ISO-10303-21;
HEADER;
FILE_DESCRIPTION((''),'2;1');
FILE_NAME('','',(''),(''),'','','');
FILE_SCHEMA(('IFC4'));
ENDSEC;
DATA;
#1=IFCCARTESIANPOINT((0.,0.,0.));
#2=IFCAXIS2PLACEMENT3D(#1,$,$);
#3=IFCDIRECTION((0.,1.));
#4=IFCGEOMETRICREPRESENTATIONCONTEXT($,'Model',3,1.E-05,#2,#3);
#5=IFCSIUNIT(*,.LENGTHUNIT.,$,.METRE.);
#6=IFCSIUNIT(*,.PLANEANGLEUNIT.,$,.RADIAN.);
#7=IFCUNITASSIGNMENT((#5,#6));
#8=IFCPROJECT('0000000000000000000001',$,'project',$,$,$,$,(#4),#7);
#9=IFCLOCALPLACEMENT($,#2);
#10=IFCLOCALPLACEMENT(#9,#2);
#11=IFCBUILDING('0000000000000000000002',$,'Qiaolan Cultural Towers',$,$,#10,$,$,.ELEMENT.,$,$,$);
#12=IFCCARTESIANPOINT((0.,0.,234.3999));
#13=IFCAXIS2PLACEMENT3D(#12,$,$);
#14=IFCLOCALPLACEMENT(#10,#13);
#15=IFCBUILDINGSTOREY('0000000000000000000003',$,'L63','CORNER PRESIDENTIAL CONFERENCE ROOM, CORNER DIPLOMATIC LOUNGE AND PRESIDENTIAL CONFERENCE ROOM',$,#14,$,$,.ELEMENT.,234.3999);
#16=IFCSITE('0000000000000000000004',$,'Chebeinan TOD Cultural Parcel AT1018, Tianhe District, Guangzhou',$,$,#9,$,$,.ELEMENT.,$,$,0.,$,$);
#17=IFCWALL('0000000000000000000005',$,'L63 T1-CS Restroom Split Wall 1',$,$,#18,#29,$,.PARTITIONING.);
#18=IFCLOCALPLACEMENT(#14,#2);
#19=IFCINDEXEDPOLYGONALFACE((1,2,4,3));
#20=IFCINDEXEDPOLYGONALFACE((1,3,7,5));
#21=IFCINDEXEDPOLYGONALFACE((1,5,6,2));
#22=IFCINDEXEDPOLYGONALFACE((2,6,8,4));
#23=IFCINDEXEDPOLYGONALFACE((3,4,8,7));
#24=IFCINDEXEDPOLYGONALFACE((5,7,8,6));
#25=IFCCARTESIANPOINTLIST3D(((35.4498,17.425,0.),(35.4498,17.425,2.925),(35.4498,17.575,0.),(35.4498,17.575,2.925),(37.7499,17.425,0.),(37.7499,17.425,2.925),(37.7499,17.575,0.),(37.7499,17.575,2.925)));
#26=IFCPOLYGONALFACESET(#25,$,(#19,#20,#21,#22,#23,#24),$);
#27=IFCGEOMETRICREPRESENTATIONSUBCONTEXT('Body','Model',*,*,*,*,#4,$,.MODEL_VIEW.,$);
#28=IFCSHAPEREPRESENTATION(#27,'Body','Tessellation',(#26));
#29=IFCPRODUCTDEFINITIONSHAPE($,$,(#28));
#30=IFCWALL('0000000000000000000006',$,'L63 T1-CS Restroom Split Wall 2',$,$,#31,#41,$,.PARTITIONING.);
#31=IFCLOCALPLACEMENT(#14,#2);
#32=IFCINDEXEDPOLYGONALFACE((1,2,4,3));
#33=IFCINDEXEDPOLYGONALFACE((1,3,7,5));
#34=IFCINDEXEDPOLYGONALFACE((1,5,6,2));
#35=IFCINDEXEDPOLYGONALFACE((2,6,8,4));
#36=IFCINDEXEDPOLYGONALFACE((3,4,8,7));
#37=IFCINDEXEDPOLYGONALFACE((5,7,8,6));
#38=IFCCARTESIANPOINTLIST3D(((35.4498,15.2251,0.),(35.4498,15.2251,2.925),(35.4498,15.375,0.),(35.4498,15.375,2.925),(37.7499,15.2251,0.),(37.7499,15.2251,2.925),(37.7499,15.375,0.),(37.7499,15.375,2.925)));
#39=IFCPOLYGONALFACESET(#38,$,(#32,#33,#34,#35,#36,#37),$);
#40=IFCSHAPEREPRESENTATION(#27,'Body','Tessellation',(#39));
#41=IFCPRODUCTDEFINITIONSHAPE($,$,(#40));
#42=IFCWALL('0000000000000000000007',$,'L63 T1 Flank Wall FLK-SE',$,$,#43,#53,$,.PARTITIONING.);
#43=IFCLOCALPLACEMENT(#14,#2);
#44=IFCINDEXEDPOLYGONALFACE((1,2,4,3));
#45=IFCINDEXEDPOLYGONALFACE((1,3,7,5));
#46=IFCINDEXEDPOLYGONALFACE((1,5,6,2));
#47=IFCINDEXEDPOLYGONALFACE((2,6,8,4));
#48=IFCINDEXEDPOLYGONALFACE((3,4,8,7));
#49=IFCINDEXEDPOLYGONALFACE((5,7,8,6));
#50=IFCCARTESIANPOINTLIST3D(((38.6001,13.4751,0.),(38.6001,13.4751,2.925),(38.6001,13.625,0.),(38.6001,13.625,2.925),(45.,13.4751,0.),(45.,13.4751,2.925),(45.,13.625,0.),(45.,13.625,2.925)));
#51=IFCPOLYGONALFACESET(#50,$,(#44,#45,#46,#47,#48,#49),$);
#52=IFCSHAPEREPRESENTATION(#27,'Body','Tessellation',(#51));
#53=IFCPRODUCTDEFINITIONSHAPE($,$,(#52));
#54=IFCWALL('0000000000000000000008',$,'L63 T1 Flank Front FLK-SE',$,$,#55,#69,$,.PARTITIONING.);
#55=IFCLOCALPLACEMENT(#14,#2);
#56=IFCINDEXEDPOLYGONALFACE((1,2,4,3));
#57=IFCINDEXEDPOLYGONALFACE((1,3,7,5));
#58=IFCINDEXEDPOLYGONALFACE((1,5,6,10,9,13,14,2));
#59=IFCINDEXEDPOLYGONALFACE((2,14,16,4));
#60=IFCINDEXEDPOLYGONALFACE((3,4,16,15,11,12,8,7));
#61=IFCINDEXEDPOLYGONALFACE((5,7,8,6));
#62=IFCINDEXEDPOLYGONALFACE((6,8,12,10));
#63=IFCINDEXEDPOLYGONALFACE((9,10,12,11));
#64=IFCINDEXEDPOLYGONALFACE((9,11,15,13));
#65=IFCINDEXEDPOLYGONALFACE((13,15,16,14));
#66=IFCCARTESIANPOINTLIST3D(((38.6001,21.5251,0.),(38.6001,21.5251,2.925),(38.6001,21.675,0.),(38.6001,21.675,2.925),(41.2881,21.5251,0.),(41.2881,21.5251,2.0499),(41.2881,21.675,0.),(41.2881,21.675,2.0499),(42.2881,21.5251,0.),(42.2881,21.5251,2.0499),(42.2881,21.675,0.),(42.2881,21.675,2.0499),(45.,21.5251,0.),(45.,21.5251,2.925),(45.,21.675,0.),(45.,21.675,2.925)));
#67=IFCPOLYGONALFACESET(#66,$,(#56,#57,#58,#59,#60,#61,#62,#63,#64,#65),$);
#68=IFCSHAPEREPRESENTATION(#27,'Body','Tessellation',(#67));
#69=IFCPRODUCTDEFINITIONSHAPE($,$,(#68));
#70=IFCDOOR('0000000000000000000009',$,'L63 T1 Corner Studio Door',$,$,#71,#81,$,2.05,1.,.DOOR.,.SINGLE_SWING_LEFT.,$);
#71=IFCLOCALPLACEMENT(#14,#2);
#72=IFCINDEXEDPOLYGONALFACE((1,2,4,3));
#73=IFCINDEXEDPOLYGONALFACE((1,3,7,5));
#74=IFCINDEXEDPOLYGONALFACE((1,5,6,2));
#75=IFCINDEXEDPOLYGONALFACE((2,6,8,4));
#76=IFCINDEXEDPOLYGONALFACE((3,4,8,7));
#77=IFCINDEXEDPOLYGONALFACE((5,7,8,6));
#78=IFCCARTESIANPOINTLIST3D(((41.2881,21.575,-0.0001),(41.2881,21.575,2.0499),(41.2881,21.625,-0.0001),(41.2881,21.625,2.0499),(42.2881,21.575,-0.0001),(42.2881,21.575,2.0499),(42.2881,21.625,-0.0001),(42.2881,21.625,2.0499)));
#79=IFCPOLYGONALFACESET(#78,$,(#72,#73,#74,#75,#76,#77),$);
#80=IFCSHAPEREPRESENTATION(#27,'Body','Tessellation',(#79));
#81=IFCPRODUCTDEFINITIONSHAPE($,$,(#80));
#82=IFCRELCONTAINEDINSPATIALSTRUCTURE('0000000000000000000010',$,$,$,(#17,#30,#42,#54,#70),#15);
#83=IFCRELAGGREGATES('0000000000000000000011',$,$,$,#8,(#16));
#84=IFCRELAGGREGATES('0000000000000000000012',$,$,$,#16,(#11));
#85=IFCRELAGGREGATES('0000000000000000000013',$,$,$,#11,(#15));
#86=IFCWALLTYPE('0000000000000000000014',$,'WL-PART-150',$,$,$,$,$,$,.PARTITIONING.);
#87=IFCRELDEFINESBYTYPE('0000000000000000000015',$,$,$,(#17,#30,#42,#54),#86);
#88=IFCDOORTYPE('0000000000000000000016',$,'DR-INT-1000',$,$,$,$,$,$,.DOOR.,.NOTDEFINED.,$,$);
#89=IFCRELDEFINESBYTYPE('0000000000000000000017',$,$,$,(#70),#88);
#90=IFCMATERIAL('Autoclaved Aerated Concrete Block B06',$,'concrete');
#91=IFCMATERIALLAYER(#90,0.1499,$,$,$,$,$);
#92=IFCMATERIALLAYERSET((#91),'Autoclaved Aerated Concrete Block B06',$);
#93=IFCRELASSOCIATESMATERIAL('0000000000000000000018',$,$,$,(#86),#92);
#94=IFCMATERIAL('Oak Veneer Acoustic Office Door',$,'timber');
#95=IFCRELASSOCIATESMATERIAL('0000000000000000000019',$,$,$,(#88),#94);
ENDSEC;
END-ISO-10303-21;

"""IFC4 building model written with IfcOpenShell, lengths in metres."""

from ifc_helpers import new_model, si_unit, direction, frame, frame_2d, origin, place, context, subcontext, project, spatial, rectangle, extrude, material, layer, layer_set, type_object, element, fill, save


model = new_model("IFC4")

# Units and contexts
model_context = context("Model", 3, precision=1e-05, world=origin(), true_north=direction((0.0, 1.0)))
body_context = subcontext(model_context, "Body", "Model", "MODEL_VIEW")
ifc_project = project(units=[si_unit("LENGTHUNIT", "METRE"), si_unit("PLANEANGLEUNIT", "RADIAN")], contexts=[model_context])

# Site, building, storey
site_placement = place(None, origin())
site = spatial("IfcSite", under=ifc_project, at=site_placement, Name="Chebeinan TOD Cultural Parcel AT1018, Tianhe District, Guangzhou", CompositionType="ELEMENT", RefElevation=0.0)
building_placement = place(site_placement, origin())
building = spatial("IfcBuilding", under=site, at=building_placement, Name="Qiaolan Cultural Towers", CompositionType="ELEMENT")
storey_placement = place(building_placement, frame((0.0, 0.0, 234.3999)))
storey = spatial("IfcBuildingStorey", under=building, at=storey_placement, Name="L63", Description="CORNER PRESIDENTIAL CONFERENCE ROOM, CORNER DIPLOMATIC LOUNGE AND PRESIDENTIAL CONFERENCE ROOM", CompositionType="ELEMENT", Elevation=234.3999)

# Shared definitions
ifc_material_1 = material(Name="Autoclaved Aerated Concrete Block B06", Category="concrete")
ifc_layer_1 = layer(ifc_material_1, 0.1499)
ifc_layer_set_1 = layer_set([ifc_layer_1], Name="Autoclaved Aerated Concrete Block B06")
wall_type_1 = type_object("IfcWallType", Name="WL-PART-150", PredefinedType="PARTITIONING", material=ifc_layer_set_1)

# Walls
for number, where, z_axis, x_axis, name in (
    (1, (35.45, 17.5, 0.0), (0.0, 0.0, 1.0), (1.0, 0.0, 0.0), "L63 T1-CS Restroom Split Wall 1"),
    (2, (35.45, 15.3, 0.0), (0.0, 0.0, 1.0), (1.0, 0.0, 0.0), "L63 T1-CS Restroom Split Wall 2"),
):
    element("IfcWall", number, at=place(storey_placement, frame(where, z_axis=z_axis, x_axis=x_axis)), inside=storey, type_object=wall_type_1, Name=name, PredefinedType="PARTITIONING", context=body_context, shape_type="SweptSolid", body=[
        extrude(rectangle(XDim=2.3, YDim=0.1499, at=frame_2d((1.1499, 0.0))), origin(), (0.0, 0.0, 1.0), 2.925),
    ])
wall_1_placement = place(storey_placement, frame((38.6001, 13.55, 0.0), z_axis=(0.0, 0.0, 1.0), x_axis=(1.0, 0.0, 0.0)))
element("IfcWall", 3, at=wall_1_placement, inside=storey, type_object=wall_type_1, Name="L63 T1 Flank Wall FLK-SE", PredefinedType="PARTITIONING", context=body_context, shape_type="SweptSolid", body=[
    extrude(rectangle(XDim=6.3999, YDim=0.1499, at=frame_2d((3.2, 0.0))), origin(), (0.0, 0.0, 1.0), 2.925),
])

# Wall, opening, door
wall_2_placement = place(storey_placement, frame((38.6001, 21.6001, 0.0), z_axis=(0.0, 0.0, 1.0), x_axis=(1.0, 0.0, 0.0)))
wall_2 = element("IfcWall", 4, at=wall_2_placement, inside=storey, type_object=wall_type_1, Name="L63 T1 Flank Front FLK-SE", PredefinedType="PARTITIONING", context=body_context, shape_type="SweptSolid", body=[
    extrude(rectangle(XDim=6.3999, YDim=0.1499, at=frame_2d((3.2, 0.0))), origin(), (0.0, 0.0, 1.0), 2.925),
])
opening_1_placement = place(wall_2_placement, frame((2.688, 0.0, 0.0)))
opening_1 = element("IfcOpeningElement", 5, at=opening_1_placement, cuts=wall_2, PredefinedType="OPENING", context=body_context, shape_type="SweptSolid", body=[
    extrude(rectangle(XDim=1.0, YDim=2.05, at=frame_2d((0.5, 1.0249))), frame((0.0, 0.085, 0.0), z_axis=(0.0, -1.0, 0.0), x_axis=(1.0, 0.0, 0.0)), (0.0, 0.0, 1.0), 0.1699),
])
ifc_material_2 = material(Name="Oak Veneer Acoustic Office Door", Category="timber")
door_type_1 = type_object("IfcDoorType", Name="DR-INT-1000", OperationType="NOTDEFINED", PredefinedType="DOOR", material=ifc_material_2)
door_1_placement = place(opening_1_placement, origin())
door_1 = element("IfcDoor", 6, at=door_1_placement, inside=storey, type_object=door_type_1, Name="L63 T1 Corner Studio Door", OperationType="SINGLE_SWING_LEFT", OverallHeight=2.05, OverallWidth=1.0, PredefinedType="DOOR", context=body_context, shape_type="SweptSolid", body=[
    extrude(rectangle(XDim=1.0, YDim=2.05, at=frame_2d((0.5, 1.0249))), frame((0.0, 0.0249, 0.0), z_axis=(0.0, -1.0, 0.0), x_axis=(1.0, 0.0, 0.0)), (0.0, 0.0, 1.0), 0.05),
])
fill(opening_1, door_1)

save(model, "model.ifc")
